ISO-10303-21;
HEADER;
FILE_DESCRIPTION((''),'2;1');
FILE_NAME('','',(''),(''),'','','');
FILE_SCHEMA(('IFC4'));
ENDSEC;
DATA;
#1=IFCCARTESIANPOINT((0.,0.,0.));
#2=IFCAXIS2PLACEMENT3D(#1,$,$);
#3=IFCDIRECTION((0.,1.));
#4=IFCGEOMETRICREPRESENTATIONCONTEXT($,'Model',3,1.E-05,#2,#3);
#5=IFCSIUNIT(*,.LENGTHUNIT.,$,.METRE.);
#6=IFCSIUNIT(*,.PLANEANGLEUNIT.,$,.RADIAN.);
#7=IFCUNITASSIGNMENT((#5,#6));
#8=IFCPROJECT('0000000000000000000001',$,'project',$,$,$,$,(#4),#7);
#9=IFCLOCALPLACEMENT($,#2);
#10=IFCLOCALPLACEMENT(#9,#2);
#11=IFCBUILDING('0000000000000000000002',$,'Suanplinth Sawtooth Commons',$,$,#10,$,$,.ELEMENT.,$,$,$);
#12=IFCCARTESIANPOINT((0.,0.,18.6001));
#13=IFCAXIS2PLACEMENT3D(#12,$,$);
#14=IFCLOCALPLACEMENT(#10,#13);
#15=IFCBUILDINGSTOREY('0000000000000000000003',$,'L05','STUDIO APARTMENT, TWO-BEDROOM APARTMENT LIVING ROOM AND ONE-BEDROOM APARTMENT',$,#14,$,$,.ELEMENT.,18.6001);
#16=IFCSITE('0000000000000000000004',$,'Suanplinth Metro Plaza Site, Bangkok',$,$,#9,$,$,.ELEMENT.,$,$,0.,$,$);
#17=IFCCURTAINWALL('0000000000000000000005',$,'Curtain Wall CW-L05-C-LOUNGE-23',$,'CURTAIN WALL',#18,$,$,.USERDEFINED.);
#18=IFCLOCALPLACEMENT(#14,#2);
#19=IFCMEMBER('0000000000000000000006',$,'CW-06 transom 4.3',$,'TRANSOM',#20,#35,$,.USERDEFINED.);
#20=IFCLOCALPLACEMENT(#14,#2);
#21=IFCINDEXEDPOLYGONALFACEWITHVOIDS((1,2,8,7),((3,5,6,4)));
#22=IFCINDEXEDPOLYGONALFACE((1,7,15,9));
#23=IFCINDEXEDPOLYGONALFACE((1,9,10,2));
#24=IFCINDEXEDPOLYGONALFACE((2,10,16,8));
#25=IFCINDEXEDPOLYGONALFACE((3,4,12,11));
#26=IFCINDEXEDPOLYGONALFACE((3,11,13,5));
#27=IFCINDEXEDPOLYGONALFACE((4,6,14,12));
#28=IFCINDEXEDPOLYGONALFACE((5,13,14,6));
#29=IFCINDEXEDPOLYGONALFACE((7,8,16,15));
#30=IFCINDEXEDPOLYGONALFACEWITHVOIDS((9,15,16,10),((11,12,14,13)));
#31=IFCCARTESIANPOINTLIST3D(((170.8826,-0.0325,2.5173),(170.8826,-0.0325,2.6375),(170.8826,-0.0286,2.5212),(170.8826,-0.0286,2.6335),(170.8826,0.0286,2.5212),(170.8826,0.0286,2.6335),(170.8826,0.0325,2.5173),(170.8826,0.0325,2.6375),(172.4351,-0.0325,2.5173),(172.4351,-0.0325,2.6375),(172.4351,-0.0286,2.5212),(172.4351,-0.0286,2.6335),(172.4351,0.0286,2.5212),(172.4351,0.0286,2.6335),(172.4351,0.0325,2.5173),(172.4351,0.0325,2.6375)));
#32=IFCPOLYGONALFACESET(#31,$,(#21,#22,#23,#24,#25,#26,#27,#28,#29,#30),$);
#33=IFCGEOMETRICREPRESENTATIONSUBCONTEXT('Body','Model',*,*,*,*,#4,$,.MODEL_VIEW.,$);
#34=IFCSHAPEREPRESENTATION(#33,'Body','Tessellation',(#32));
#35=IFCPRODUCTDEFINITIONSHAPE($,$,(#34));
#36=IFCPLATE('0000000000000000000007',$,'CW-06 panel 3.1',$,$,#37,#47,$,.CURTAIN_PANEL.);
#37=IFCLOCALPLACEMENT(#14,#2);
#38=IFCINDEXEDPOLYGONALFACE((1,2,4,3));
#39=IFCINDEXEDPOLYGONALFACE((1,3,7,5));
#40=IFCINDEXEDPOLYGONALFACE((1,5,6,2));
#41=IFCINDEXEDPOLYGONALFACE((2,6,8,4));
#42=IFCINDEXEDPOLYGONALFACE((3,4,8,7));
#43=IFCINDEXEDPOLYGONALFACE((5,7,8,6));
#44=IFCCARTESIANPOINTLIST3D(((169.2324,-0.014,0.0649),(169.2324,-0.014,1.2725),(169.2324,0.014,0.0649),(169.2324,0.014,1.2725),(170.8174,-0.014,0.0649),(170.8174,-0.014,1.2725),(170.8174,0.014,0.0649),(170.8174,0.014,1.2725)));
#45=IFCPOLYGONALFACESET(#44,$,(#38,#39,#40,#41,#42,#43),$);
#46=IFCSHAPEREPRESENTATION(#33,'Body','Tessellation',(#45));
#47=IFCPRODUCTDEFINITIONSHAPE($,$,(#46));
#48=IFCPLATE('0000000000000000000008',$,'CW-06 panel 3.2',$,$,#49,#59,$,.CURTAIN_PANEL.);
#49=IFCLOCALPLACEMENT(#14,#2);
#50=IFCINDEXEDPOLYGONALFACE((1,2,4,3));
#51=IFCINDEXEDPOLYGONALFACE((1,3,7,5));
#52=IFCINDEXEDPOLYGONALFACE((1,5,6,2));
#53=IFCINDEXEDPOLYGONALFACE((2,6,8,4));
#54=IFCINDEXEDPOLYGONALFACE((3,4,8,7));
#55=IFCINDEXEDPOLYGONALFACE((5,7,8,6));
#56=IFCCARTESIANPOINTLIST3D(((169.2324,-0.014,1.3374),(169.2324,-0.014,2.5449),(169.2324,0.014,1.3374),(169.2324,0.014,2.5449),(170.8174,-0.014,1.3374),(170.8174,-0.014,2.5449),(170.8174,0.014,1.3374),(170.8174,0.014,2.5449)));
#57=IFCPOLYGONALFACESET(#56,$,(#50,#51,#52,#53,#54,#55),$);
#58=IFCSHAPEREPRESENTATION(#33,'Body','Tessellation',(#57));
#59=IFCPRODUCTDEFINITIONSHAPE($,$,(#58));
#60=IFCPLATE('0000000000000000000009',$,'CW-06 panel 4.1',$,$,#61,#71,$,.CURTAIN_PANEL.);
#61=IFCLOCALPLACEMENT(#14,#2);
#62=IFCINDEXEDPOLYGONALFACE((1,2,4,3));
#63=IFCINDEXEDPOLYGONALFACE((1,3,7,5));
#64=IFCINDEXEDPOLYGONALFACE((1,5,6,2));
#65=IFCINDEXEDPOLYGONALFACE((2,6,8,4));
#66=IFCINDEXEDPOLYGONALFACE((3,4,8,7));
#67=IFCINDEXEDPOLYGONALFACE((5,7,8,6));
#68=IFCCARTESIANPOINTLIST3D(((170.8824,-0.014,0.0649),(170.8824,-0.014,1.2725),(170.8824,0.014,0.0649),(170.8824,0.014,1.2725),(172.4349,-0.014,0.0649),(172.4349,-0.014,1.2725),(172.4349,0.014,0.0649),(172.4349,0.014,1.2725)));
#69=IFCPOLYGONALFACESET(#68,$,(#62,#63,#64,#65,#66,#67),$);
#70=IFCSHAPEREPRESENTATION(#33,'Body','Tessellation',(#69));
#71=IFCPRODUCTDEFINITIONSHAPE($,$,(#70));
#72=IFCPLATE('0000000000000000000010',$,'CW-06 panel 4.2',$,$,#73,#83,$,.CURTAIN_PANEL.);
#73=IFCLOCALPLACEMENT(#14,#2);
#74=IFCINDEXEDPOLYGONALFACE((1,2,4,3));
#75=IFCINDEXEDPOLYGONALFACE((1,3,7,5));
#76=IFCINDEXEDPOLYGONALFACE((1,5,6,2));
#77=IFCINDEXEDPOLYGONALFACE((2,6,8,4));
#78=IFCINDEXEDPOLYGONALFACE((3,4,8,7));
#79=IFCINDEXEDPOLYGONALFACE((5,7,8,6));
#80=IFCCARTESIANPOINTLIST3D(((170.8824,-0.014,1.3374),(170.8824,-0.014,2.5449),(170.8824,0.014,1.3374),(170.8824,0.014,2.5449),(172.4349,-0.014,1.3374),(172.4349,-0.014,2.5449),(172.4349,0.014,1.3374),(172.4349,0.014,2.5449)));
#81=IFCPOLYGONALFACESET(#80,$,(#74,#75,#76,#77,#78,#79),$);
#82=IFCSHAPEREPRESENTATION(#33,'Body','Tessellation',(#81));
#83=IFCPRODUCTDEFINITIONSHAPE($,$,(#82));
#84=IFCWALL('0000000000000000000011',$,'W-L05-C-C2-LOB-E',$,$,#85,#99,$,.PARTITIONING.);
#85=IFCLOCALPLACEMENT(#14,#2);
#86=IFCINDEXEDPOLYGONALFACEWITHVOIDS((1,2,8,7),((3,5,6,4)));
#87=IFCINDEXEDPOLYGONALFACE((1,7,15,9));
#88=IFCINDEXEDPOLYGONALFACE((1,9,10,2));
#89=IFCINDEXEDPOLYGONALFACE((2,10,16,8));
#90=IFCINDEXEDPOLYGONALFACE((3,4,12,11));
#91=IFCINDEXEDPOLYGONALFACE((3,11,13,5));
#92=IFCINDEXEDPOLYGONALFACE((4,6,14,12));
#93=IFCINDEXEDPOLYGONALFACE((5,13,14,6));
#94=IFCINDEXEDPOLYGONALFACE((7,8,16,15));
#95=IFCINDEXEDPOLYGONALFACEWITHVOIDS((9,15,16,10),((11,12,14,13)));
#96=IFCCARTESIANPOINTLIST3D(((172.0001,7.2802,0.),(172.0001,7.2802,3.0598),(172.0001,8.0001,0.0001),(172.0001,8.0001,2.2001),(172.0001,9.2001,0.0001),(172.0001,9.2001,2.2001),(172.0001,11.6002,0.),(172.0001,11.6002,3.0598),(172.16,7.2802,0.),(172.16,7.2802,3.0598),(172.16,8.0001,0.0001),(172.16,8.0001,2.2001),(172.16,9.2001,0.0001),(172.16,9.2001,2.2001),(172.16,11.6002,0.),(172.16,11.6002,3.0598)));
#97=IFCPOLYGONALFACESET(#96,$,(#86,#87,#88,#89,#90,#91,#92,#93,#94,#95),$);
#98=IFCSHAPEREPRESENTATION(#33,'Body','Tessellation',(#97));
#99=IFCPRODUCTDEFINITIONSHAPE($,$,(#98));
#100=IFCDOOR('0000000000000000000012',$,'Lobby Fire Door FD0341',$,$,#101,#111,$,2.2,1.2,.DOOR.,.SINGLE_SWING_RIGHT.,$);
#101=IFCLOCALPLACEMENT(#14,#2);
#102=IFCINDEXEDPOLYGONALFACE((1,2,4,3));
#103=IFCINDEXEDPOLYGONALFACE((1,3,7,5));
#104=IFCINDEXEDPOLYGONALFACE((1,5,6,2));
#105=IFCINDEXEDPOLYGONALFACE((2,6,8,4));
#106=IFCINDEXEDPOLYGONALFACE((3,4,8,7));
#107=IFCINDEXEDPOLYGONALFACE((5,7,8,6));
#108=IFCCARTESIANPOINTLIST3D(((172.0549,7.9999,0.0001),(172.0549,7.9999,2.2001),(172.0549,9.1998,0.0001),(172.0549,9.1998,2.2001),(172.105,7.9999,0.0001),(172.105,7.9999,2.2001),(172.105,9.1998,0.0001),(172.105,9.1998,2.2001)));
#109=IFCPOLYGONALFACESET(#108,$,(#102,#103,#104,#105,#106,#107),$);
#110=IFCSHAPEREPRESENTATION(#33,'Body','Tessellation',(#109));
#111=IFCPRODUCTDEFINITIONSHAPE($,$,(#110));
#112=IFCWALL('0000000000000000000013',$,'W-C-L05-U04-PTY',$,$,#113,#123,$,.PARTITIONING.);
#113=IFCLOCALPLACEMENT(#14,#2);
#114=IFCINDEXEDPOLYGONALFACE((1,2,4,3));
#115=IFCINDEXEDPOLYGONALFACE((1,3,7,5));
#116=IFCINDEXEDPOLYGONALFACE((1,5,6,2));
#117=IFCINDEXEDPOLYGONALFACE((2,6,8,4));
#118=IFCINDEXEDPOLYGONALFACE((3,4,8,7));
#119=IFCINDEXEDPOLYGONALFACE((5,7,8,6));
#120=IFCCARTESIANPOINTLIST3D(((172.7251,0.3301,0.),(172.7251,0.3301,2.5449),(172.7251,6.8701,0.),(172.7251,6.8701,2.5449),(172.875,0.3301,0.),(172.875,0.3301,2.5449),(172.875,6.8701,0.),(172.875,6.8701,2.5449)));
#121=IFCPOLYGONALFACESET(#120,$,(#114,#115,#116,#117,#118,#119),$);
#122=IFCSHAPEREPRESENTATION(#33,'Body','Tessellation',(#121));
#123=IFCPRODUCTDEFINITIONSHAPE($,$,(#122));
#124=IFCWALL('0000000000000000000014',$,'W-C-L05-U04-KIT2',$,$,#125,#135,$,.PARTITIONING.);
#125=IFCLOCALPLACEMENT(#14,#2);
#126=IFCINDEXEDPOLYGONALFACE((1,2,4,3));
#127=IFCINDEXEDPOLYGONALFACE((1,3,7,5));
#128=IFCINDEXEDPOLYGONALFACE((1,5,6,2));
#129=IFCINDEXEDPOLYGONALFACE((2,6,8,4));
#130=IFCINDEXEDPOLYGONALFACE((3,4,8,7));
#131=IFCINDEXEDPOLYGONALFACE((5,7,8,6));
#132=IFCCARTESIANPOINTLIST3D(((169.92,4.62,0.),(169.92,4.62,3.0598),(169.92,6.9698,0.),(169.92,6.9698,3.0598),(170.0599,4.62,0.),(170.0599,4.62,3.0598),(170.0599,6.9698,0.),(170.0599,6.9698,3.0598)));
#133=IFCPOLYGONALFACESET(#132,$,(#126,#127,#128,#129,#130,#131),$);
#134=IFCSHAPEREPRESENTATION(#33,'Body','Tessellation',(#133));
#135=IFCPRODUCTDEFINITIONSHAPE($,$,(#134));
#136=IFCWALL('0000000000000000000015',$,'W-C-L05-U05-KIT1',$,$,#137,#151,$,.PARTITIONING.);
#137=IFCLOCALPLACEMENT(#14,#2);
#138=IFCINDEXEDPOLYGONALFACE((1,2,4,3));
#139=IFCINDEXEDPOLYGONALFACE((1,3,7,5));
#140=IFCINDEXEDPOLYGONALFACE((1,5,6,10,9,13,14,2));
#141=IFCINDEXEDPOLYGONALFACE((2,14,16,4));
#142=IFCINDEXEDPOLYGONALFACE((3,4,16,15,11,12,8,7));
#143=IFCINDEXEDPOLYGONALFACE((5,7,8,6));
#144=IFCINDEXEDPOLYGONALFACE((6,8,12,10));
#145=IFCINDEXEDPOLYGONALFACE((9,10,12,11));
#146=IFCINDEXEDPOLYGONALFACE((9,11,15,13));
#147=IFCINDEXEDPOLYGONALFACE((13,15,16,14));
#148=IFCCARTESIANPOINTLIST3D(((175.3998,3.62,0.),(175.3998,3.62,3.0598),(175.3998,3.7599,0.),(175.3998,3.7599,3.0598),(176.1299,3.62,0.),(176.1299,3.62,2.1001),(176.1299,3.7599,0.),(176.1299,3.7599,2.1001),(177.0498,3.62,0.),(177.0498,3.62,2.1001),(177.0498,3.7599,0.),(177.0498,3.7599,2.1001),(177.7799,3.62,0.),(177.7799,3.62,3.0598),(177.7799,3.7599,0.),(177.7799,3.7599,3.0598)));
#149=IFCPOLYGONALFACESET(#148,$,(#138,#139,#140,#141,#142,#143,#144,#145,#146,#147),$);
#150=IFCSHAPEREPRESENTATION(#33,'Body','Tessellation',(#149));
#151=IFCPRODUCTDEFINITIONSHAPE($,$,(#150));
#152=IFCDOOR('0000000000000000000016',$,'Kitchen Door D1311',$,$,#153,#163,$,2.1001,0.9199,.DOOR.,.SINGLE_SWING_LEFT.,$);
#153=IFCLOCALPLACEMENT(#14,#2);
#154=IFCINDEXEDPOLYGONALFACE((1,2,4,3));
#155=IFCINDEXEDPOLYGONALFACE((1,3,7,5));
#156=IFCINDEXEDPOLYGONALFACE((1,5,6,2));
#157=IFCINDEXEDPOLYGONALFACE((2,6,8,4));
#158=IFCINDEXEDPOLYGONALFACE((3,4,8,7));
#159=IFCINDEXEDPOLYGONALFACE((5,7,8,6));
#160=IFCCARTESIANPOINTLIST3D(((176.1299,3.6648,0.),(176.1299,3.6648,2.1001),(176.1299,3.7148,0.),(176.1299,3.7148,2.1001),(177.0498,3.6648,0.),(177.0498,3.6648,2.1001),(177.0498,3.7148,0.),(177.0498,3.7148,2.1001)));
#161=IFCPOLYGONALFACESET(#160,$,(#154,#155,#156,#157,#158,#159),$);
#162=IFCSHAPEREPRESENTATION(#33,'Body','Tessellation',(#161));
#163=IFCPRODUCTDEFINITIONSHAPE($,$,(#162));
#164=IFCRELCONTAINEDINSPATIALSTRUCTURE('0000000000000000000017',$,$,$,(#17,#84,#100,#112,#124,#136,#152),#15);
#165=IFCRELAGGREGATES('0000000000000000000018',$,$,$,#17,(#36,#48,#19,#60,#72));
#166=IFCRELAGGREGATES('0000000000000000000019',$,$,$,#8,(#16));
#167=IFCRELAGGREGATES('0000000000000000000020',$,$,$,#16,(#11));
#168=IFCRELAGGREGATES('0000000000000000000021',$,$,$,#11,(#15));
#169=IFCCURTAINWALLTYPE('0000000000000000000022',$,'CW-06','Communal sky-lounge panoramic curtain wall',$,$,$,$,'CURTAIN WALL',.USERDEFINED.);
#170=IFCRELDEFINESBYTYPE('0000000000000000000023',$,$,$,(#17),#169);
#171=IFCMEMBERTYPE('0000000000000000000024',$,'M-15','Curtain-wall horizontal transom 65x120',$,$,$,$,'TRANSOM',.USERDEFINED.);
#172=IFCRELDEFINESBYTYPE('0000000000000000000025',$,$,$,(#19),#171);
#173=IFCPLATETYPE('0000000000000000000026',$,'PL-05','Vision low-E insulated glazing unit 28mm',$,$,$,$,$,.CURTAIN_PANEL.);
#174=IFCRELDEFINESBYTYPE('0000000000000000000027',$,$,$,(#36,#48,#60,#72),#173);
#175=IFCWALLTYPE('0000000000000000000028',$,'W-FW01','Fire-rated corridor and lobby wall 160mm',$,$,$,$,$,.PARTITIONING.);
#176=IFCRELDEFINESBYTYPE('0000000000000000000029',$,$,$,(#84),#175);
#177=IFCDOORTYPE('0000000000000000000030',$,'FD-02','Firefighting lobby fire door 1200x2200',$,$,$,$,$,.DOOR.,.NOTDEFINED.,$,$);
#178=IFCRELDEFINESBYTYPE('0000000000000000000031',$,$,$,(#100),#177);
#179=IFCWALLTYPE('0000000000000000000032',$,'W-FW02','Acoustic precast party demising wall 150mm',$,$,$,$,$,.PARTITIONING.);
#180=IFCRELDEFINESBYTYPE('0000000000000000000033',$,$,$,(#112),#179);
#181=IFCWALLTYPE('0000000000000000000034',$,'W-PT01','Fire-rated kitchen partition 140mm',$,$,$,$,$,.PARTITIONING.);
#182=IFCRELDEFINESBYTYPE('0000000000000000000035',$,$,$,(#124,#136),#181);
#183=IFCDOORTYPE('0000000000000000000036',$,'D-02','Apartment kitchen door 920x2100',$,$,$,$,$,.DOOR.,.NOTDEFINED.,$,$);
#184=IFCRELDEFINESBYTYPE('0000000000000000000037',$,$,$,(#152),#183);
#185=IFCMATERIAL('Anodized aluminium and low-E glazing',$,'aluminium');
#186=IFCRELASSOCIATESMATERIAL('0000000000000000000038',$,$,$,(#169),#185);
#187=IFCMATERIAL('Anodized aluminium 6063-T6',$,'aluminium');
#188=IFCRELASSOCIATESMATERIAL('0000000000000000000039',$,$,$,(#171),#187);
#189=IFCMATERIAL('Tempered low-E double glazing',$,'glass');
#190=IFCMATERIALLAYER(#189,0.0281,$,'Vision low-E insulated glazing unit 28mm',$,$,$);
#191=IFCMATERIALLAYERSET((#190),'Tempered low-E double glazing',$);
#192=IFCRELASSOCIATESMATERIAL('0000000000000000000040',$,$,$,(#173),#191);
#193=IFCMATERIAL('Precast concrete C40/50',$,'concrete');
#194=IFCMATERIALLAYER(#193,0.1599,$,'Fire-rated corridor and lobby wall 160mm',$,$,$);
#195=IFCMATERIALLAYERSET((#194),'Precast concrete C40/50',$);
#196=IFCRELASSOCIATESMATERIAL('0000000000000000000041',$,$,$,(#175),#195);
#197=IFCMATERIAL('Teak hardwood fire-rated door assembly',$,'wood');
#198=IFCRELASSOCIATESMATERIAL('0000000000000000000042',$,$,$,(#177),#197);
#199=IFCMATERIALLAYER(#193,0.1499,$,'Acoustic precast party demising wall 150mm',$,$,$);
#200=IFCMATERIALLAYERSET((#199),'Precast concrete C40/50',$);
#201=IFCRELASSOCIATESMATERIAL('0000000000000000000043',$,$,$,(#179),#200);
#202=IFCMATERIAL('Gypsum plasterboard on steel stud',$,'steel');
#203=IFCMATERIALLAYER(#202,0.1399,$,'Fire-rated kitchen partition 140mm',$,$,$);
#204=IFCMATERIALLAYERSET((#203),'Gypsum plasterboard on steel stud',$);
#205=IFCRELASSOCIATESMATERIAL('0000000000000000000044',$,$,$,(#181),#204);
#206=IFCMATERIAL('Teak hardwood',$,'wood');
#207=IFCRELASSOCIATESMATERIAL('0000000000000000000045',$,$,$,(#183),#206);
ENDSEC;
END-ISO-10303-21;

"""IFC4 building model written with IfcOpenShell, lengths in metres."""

from ifc_helpers import new_model, si_unit, direction, frame, frame_2d, origin, origin_2d, place, context, subcontext, project, spatial, rectangle, hollow_rectangle, extrude, material, layer, layer_set, material_profile, profile_set, type_object, element, fill, aggregate, save


model = new_model("IFC4")

# Units and contexts
model_context = context("Model", 3, precision=1e-05, world=origin(), true_north=direction((0.0, 1.0)))
body_context = subcontext(model_context, "Body", "Model", "MODEL_VIEW")
ifc_project = project(units=[si_unit("LENGTHUNIT", "METRE"), si_unit("PLANEANGLEUNIT", "RADIAN")], contexts=[model_context])

# Site, building, storey
site_placement = place(None, origin())
site = spatial("IfcSite", under=ifc_project, at=site_placement, Name="Suanplinth Metro Plaza Site, Bangkok", CompositionType="ELEMENT", RefElevation=0.0)
building_placement = place(site_placement, origin())
building = spatial("IfcBuilding", under=site, at=building_placement, Name="Suanplinth Sawtooth Commons", CompositionType="ELEMENT")
storey_placement = place(building_placement, frame((0.0, 0.0, 18.6001)))
storey = spatial("IfcBuildingStorey", under=building, at=storey_placement, Name="L05", Description="STUDIO APARTMENT, TWO-BEDROOM APARTMENT LIVING ROOM AND ONE-BEDROOM APARTMENT", CompositionType="ELEMENT", Elevation=18.6001)

# Shared definitions
ifc_material_1 = material(Name="Precast concrete C40/50", Category="concrete")

# Curtain wall, member, plates
ifc_material_2 = material(Name="Anodized aluminium and low-E glazing", Category="aluminium")
curtain_wall_type = type_object("IfcCurtainWallType", Name="CW-06", Description="Communal sky-lounge panoramic curtain wall", ElementType="CURTAIN WALL", PredefinedType="USERDEFINED", material=ifc_material_2)
curtain_wall_placement = place(storey_placement, origin())
curtain_wall = element("IfcCurtainWall", 1, at=curtain_wall_placement, inside=storey, type_object=curtain_wall_type, Name="Curtain Wall CW-L05-C-LOUNGE-23", ObjectType="CURTAIN WALL", PredefinedType="USERDEFINED")
ifc_material_3 = material(Name="Anodized aluminium 6063-T6", Category="aluminium")
ifc_material_profile_1 = material_profile(ifc_material_3, hollow_rectangle(XDim=0.0649, YDim=0.1201, WallThickness=0.0039, at=origin_2d()), Name="ALU-TRN 65x120")
ifc_profile_set_1 = profile_set([ifc_material_profile_1], Name="Anodized aluminium 6063-T6")
member_type_1 = type_object("IfcMemberType", Name="M-15", Description="Curtain-wall horizontal transom 65x120", ElementType="TRANSOM", PredefinedType="USERDEFINED", material=ifc_profile_set_1)
member_1_placement = place(storey_placement, frame((170.8826, 0.0, 2.5774), z_axis=(1.0, 0.0, 0.0), x_axis=(0.0, 1.0, 0.0)))
member_1 = element("IfcMember", 2, at=member_1_placement, type_object=member_type_1, Name="CW-06 transom 4.3", ObjectType="TRANSOM", PredefinedType="USERDEFINED", context=body_context, shape_type="SweptSolid", body=[
    extrude(hollow_rectangle(XDim=0.0649, YDim=0.1201, WallThickness=0.0039, at=origin_2d()), origin(), (0.0, 0.0, 1.0), 1.5525),
])
ifc_material_4 = material(Name="Tempered low-E double glazing", Category="glass")
ifc_layer_1 = layer(ifc_material_4, 0.0281, Name="Vision low-E insulated glazing unit 28mm")
ifc_layer_set_1 = layer_set([ifc_layer_1], Name="Tempered low-E double glazing")
plate_type = type_object("IfcPlateType", Name="PL-05", Description="Vision low-E insulated glazing unit 28mm", PredefinedType="CURTAIN_PANEL", material=ifc_layer_set_1)
plate_1_placement = place(storey_placement, frame((170.0249, 0.0, 0.0649), z_axis=(0.0, 0.0, 1.0), x_axis=(1.0, 0.0, 0.0)))
plate_1 = element("IfcPlate", 3, at=plate_1_placement, type_object=plate_type, Name="CW-06 panel 3.1", PredefinedType="CURTAIN_PANEL", context=body_context, shape_type="SweptSolid", body=[
    extrude(rectangle(XDim=1.585, YDim=0.0281, at=origin_2d()), origin(), (0.0, 0.0, 1.0), 1.2075),
])
plate_2_placement = place(storey_placement, frame((170.0249, 0.0, 1.3374), z_axis=(0.0, 0.0, 1.0), x_axis=(1.0, 0.0, 0.0)))
plate_2 = element("IfcPlate", 4, at=plate_2_placement, type_object=plate_type, Name="CW-06 panel 3.2", PredefinedType="CURTAIN_PANEL", context=body_context, shape_type="SweptSolid", body=[
    extrude(rectangle(XDim=1.585, YDim=0.0281, at=origin_2d()), origin(), (0.0, 0.0, 1.0), 1.2075),
])
plate_3_placement = place(storey_placement, frame((171.6587, 0.0, 0.0649), z_axis=(0.0, 0.0, 1.0), x_axis=(1.0, 0.0, 0.0)))
plate_3 = element("IfcPlate", 5, at=plate_3_placement, type_object=plate_type, Name="CW-06 panel 4.1", PredefinedType="CURTAIN_PANEL", context=body_context, shape_type="SweptSolid", body=[
    extrude(rectangle(XDim=1.5525, YDim=0.0281, at=origin_2d()), origin(), (0.0, 0.0, 1.0), 1.2075),
])
plate_4_placement = place(storey_placement, frame((171.6587, 0.0, 1.3374), z_axis=(0.0, 0.0, 1.0), x_axis=(1.0, 0.0, 0.0)))
plate_4 = element("IfcPlate", 6, at=plate_4_placement, type_object=plate_type, Name="CW-06 panel 4.2", PredefinedType="CURTAIN_PANEL", context=body_context, shape_type="SweptSolid", body=[
    extrude(rectangle(XDim=1.5525, YDim=0.0281, at=origin_2d()), origin(), (0.0, 0.0, 1.0), 1.2075),
])
aggregate(curtain_wall, [plate_1, plate_2, member_1, plate_3, plate_4])

# Wall, opening, door
ifc_layer_2 = layer(ifc_material_1, 0.1599, Name="Fire-rated corridor and lobby wall 160mm")
ifc_layer_set_2 = layer_set([ifc_layer_2], Name="Precast concrete C40/50")
wall_type_1 = type_object("IfcWallType", Name="W-FW01", Description="Fire-rated corridor and lobby wall 160mm", PredefinedType="PARTITIONING", material=ifc_layer_set_2)
wall_1_placement = place(storey_placement, frame((172.0801, 7.28, 0.0), z_axis=(0.0, 0.0, 1.0), x_axis=(0.0, 1.0, 0.0)))
wall_1 = element("IfcWall", 7, at=wall_1_placement, inside=storey, type_object=wall_type_1, Name="W-L05-C-C2-LOB-E", PredefinedType="PARTITIONING", context=body_context, shape_type="SweptSolid", body=[
    extrude(rectangle(XDim=4.3201, YDim=0.1599, at=frame_2d((2.1602, 0.0))), origin(), (0.0, 0.0, 1.0), 3.0598),
])
opening_1_placement = place(wall_1_placement, frame((0.72, 0.0, 0.0)))
opening_1 = element("IfcOpeningElement", 8, at=opening_1_placement, cuts=wall_1, PredefinedType="OPENING", context=body_context, shape_type="SweptSolid", body=[
    extrude(rectangle(XDim=1.2, YDim=2.2, at=frame_2d((0.6001, 1.1001))), frame((0.0, 0.0947, 0.0), z_axis=(0.0, -1.0, 0.0), x_axis=(1.0, 0.0, 0.0)), (0.0, 0.0, 1.0), 0.1897),
])
ifc_material_5 = material(Name="Teak hardwood fire-rated door assembly", Category="wood")
door_type_1 = type_object("IfcDoorType", Name="FD-02", Description="Firefighting lobby fire door 1200x2200", OperationType="NOTDEFINED", PredefinedType="DOOR", material=ifc_material_5)
door_1_placement = place(opening_1_placement, frame((1.2, 0.0, 0.0), z_axis=(0.0, 0.0, 1.0), x_axis=(-1.0, 0.0, 0.0)))
door_1 = element("IfcDoor", 9, at=door_1_placement, inside=storey, type_object=door_type_1, Name="Lobby Fire Door FD0341", OperationType="SINGLE_SWING_RIGHT", OverallHeight=2.2, OverallWidth=1.2, PredefinedType="DOOR", context=body_context, shape_type="SweptSolid", body=[
    extrude(rectangle(XDim=1.2, YDim=2.2, at=frame_2d((0.6001, 1.1001))), frame((0.0, 0.0249, 0.0), z_axis=(0.0, -1.0, 0.0), x_axis=(1.0, 0.0, 0.0)), (0.0, 0.0, 1.0), 0.05),
])
fill(opening_1, door_1)

# Walls
ifc_layer_3 = layer(ifc_material_1, 0.1499, Name="Acoustic precast party demising wall 150mm")
ifc_layer_set_3 = layer_set([ifc_layer_3], Name="Precast concrete C40/50")
wall_type_2 = type_object("IfcWallType", Name="W-FW02", Description="Acoustic precast party demising wall 150mm", PredefinedType="PARTITIONING", material=ifc_layer_set_3)
wall_2_placement = place(storey_placement, frame((172.8, 0.3301, 0.0), z_axis=(0.0, 0.0, 1.0), x_axis=(0.0, 1.0, 0.0)))
element("IfcWall", 10, at=wall_2_placement, inside=storey, type_object=wall_type_2, Name="W-C-L05-U04-PTY", PredefinedType="PARTITIONING", context=body_context, shape_type="SweptSolid", body=[
    extrude(rectangle(XDim=6.54, YDim=0.1499, at=frame_2d((3.27, 0.0))), origin(), (0.0, 0.0, 1.0), 2.5449),
])
ifc_material_6 = material(Name="Gypsum plasterboard on steel stud", Category="steel")
ifc_layer_4 = layer(ifc_material_6, 0.1399, Name="Fire-rated kitchen partition 140mm")
ifc_layer_set_4 = layer_set([ifc_layer_4], Name="Gypsum plasterboard on steel stud")
wall_type_3 = type_object("IfcWallType", Name="W-PT01", Description="Fire-rated kitchen partition 140mm", PredefinedType="PARTITIONING", material=ifc_layer_set_4)
wall_3_placement = place(storey_placement, frame((169.99, 4.6201, 0.0), z_axis=(0.0, 0.0, 1.0), x_axis=(0.0, 1.0, 0.0)))
element("IfcWall", 11, at=wall_3_placement, inside=storey, type_object=wall_type_3, Name="W-C-L05-U04-KIT2", PredefinedType="PARTITIONING", context=body_context, shape_type="SweptSolid", body=[
    extrude(rectangle(XDim=2.3499, YDim=0.1399, at=frame_2d((1.1748, 0.0))), origin(), (0.0, 0.0, 1.0), 3.0598),
])

# Wall, opening, door
wall_4_placement = place(storey_placement, frame((175.3999, 3.6899, 0.0), z_axis=(0.0, 0.0, 1.0), x_axis=(1.0, 0.0, 0.0)))
wall_4 = element("IfcWall", 12, at=wall_4_placement, inside=storey, type_object=wall_type_3, Name="W-C-L05-U05-KIT1", PredefinedType="PARTITIONING", context=body_context, shape_type="SweptSolid", body=[
    extrude(rectangle(XDim=2.3801, YDim=0.1399, at=frame_2d((1.1899, 0.0))), origin(), (0.0, 0.0, 1.0), 3.0598),
])
opening_2_placement = place(wall_4_placement, frame((0.73, 0.0, 0.0)))
opening_2 = element("IfcOpeningElement", 13, at=opening_2_placement, cuts=wall_4, PredefinedType="OPENING", context=body_context, shape_type="SweptSolid", body=[
    extrude(rectangle(XDim=0.9199, YDim=2.1001, at=frame_2d((0.46, 1.05))), frame((0.0, 0.085, 0.0), z_axis=(0.0, -1.0, 0.0), x_axis=(1.0, 0.0, 0.0)), (0.0, 0.0, 1.0), 0.1697),
])
ifc_material_7 = material(Name="Teak hardwood", Category="wood")
door_type_2 = type_object("IfcDoorType", Name="D-02", Description="Apartment kitchen door 920x2100", OperationType="NOTDEFINED", PredefinedType="DOOR", material=ifc_material_7)
door_2_placement = place(opening_2_placement, origin())
door_2 = element("IfcDoor", 14, at=door_2_placement, inside=storey, type_object=door_type_2, Name="Kitchen Door D1311", OperationType="SINGLE_SWING_LEFT", OverallHeight=2.1001, OverallWidth=0.9199, PredefinedType="DOOR", context=body_context, shape_type="SweptSolid", body=[
    extrude(rectangle(XDim=0.9199, YDim=2.1001, at=frame_2d((0.46, 1.05))), frame((0.0, 0.0249, 0.0), z_axis=(0.0, -1.0, 0.0), x_axis=(1.0, 0.0, 0.0)), (0.0, 0.0, 1.0), 0.05),
])
fill(opening_2, door_2)

save(model, "model.ifc")
